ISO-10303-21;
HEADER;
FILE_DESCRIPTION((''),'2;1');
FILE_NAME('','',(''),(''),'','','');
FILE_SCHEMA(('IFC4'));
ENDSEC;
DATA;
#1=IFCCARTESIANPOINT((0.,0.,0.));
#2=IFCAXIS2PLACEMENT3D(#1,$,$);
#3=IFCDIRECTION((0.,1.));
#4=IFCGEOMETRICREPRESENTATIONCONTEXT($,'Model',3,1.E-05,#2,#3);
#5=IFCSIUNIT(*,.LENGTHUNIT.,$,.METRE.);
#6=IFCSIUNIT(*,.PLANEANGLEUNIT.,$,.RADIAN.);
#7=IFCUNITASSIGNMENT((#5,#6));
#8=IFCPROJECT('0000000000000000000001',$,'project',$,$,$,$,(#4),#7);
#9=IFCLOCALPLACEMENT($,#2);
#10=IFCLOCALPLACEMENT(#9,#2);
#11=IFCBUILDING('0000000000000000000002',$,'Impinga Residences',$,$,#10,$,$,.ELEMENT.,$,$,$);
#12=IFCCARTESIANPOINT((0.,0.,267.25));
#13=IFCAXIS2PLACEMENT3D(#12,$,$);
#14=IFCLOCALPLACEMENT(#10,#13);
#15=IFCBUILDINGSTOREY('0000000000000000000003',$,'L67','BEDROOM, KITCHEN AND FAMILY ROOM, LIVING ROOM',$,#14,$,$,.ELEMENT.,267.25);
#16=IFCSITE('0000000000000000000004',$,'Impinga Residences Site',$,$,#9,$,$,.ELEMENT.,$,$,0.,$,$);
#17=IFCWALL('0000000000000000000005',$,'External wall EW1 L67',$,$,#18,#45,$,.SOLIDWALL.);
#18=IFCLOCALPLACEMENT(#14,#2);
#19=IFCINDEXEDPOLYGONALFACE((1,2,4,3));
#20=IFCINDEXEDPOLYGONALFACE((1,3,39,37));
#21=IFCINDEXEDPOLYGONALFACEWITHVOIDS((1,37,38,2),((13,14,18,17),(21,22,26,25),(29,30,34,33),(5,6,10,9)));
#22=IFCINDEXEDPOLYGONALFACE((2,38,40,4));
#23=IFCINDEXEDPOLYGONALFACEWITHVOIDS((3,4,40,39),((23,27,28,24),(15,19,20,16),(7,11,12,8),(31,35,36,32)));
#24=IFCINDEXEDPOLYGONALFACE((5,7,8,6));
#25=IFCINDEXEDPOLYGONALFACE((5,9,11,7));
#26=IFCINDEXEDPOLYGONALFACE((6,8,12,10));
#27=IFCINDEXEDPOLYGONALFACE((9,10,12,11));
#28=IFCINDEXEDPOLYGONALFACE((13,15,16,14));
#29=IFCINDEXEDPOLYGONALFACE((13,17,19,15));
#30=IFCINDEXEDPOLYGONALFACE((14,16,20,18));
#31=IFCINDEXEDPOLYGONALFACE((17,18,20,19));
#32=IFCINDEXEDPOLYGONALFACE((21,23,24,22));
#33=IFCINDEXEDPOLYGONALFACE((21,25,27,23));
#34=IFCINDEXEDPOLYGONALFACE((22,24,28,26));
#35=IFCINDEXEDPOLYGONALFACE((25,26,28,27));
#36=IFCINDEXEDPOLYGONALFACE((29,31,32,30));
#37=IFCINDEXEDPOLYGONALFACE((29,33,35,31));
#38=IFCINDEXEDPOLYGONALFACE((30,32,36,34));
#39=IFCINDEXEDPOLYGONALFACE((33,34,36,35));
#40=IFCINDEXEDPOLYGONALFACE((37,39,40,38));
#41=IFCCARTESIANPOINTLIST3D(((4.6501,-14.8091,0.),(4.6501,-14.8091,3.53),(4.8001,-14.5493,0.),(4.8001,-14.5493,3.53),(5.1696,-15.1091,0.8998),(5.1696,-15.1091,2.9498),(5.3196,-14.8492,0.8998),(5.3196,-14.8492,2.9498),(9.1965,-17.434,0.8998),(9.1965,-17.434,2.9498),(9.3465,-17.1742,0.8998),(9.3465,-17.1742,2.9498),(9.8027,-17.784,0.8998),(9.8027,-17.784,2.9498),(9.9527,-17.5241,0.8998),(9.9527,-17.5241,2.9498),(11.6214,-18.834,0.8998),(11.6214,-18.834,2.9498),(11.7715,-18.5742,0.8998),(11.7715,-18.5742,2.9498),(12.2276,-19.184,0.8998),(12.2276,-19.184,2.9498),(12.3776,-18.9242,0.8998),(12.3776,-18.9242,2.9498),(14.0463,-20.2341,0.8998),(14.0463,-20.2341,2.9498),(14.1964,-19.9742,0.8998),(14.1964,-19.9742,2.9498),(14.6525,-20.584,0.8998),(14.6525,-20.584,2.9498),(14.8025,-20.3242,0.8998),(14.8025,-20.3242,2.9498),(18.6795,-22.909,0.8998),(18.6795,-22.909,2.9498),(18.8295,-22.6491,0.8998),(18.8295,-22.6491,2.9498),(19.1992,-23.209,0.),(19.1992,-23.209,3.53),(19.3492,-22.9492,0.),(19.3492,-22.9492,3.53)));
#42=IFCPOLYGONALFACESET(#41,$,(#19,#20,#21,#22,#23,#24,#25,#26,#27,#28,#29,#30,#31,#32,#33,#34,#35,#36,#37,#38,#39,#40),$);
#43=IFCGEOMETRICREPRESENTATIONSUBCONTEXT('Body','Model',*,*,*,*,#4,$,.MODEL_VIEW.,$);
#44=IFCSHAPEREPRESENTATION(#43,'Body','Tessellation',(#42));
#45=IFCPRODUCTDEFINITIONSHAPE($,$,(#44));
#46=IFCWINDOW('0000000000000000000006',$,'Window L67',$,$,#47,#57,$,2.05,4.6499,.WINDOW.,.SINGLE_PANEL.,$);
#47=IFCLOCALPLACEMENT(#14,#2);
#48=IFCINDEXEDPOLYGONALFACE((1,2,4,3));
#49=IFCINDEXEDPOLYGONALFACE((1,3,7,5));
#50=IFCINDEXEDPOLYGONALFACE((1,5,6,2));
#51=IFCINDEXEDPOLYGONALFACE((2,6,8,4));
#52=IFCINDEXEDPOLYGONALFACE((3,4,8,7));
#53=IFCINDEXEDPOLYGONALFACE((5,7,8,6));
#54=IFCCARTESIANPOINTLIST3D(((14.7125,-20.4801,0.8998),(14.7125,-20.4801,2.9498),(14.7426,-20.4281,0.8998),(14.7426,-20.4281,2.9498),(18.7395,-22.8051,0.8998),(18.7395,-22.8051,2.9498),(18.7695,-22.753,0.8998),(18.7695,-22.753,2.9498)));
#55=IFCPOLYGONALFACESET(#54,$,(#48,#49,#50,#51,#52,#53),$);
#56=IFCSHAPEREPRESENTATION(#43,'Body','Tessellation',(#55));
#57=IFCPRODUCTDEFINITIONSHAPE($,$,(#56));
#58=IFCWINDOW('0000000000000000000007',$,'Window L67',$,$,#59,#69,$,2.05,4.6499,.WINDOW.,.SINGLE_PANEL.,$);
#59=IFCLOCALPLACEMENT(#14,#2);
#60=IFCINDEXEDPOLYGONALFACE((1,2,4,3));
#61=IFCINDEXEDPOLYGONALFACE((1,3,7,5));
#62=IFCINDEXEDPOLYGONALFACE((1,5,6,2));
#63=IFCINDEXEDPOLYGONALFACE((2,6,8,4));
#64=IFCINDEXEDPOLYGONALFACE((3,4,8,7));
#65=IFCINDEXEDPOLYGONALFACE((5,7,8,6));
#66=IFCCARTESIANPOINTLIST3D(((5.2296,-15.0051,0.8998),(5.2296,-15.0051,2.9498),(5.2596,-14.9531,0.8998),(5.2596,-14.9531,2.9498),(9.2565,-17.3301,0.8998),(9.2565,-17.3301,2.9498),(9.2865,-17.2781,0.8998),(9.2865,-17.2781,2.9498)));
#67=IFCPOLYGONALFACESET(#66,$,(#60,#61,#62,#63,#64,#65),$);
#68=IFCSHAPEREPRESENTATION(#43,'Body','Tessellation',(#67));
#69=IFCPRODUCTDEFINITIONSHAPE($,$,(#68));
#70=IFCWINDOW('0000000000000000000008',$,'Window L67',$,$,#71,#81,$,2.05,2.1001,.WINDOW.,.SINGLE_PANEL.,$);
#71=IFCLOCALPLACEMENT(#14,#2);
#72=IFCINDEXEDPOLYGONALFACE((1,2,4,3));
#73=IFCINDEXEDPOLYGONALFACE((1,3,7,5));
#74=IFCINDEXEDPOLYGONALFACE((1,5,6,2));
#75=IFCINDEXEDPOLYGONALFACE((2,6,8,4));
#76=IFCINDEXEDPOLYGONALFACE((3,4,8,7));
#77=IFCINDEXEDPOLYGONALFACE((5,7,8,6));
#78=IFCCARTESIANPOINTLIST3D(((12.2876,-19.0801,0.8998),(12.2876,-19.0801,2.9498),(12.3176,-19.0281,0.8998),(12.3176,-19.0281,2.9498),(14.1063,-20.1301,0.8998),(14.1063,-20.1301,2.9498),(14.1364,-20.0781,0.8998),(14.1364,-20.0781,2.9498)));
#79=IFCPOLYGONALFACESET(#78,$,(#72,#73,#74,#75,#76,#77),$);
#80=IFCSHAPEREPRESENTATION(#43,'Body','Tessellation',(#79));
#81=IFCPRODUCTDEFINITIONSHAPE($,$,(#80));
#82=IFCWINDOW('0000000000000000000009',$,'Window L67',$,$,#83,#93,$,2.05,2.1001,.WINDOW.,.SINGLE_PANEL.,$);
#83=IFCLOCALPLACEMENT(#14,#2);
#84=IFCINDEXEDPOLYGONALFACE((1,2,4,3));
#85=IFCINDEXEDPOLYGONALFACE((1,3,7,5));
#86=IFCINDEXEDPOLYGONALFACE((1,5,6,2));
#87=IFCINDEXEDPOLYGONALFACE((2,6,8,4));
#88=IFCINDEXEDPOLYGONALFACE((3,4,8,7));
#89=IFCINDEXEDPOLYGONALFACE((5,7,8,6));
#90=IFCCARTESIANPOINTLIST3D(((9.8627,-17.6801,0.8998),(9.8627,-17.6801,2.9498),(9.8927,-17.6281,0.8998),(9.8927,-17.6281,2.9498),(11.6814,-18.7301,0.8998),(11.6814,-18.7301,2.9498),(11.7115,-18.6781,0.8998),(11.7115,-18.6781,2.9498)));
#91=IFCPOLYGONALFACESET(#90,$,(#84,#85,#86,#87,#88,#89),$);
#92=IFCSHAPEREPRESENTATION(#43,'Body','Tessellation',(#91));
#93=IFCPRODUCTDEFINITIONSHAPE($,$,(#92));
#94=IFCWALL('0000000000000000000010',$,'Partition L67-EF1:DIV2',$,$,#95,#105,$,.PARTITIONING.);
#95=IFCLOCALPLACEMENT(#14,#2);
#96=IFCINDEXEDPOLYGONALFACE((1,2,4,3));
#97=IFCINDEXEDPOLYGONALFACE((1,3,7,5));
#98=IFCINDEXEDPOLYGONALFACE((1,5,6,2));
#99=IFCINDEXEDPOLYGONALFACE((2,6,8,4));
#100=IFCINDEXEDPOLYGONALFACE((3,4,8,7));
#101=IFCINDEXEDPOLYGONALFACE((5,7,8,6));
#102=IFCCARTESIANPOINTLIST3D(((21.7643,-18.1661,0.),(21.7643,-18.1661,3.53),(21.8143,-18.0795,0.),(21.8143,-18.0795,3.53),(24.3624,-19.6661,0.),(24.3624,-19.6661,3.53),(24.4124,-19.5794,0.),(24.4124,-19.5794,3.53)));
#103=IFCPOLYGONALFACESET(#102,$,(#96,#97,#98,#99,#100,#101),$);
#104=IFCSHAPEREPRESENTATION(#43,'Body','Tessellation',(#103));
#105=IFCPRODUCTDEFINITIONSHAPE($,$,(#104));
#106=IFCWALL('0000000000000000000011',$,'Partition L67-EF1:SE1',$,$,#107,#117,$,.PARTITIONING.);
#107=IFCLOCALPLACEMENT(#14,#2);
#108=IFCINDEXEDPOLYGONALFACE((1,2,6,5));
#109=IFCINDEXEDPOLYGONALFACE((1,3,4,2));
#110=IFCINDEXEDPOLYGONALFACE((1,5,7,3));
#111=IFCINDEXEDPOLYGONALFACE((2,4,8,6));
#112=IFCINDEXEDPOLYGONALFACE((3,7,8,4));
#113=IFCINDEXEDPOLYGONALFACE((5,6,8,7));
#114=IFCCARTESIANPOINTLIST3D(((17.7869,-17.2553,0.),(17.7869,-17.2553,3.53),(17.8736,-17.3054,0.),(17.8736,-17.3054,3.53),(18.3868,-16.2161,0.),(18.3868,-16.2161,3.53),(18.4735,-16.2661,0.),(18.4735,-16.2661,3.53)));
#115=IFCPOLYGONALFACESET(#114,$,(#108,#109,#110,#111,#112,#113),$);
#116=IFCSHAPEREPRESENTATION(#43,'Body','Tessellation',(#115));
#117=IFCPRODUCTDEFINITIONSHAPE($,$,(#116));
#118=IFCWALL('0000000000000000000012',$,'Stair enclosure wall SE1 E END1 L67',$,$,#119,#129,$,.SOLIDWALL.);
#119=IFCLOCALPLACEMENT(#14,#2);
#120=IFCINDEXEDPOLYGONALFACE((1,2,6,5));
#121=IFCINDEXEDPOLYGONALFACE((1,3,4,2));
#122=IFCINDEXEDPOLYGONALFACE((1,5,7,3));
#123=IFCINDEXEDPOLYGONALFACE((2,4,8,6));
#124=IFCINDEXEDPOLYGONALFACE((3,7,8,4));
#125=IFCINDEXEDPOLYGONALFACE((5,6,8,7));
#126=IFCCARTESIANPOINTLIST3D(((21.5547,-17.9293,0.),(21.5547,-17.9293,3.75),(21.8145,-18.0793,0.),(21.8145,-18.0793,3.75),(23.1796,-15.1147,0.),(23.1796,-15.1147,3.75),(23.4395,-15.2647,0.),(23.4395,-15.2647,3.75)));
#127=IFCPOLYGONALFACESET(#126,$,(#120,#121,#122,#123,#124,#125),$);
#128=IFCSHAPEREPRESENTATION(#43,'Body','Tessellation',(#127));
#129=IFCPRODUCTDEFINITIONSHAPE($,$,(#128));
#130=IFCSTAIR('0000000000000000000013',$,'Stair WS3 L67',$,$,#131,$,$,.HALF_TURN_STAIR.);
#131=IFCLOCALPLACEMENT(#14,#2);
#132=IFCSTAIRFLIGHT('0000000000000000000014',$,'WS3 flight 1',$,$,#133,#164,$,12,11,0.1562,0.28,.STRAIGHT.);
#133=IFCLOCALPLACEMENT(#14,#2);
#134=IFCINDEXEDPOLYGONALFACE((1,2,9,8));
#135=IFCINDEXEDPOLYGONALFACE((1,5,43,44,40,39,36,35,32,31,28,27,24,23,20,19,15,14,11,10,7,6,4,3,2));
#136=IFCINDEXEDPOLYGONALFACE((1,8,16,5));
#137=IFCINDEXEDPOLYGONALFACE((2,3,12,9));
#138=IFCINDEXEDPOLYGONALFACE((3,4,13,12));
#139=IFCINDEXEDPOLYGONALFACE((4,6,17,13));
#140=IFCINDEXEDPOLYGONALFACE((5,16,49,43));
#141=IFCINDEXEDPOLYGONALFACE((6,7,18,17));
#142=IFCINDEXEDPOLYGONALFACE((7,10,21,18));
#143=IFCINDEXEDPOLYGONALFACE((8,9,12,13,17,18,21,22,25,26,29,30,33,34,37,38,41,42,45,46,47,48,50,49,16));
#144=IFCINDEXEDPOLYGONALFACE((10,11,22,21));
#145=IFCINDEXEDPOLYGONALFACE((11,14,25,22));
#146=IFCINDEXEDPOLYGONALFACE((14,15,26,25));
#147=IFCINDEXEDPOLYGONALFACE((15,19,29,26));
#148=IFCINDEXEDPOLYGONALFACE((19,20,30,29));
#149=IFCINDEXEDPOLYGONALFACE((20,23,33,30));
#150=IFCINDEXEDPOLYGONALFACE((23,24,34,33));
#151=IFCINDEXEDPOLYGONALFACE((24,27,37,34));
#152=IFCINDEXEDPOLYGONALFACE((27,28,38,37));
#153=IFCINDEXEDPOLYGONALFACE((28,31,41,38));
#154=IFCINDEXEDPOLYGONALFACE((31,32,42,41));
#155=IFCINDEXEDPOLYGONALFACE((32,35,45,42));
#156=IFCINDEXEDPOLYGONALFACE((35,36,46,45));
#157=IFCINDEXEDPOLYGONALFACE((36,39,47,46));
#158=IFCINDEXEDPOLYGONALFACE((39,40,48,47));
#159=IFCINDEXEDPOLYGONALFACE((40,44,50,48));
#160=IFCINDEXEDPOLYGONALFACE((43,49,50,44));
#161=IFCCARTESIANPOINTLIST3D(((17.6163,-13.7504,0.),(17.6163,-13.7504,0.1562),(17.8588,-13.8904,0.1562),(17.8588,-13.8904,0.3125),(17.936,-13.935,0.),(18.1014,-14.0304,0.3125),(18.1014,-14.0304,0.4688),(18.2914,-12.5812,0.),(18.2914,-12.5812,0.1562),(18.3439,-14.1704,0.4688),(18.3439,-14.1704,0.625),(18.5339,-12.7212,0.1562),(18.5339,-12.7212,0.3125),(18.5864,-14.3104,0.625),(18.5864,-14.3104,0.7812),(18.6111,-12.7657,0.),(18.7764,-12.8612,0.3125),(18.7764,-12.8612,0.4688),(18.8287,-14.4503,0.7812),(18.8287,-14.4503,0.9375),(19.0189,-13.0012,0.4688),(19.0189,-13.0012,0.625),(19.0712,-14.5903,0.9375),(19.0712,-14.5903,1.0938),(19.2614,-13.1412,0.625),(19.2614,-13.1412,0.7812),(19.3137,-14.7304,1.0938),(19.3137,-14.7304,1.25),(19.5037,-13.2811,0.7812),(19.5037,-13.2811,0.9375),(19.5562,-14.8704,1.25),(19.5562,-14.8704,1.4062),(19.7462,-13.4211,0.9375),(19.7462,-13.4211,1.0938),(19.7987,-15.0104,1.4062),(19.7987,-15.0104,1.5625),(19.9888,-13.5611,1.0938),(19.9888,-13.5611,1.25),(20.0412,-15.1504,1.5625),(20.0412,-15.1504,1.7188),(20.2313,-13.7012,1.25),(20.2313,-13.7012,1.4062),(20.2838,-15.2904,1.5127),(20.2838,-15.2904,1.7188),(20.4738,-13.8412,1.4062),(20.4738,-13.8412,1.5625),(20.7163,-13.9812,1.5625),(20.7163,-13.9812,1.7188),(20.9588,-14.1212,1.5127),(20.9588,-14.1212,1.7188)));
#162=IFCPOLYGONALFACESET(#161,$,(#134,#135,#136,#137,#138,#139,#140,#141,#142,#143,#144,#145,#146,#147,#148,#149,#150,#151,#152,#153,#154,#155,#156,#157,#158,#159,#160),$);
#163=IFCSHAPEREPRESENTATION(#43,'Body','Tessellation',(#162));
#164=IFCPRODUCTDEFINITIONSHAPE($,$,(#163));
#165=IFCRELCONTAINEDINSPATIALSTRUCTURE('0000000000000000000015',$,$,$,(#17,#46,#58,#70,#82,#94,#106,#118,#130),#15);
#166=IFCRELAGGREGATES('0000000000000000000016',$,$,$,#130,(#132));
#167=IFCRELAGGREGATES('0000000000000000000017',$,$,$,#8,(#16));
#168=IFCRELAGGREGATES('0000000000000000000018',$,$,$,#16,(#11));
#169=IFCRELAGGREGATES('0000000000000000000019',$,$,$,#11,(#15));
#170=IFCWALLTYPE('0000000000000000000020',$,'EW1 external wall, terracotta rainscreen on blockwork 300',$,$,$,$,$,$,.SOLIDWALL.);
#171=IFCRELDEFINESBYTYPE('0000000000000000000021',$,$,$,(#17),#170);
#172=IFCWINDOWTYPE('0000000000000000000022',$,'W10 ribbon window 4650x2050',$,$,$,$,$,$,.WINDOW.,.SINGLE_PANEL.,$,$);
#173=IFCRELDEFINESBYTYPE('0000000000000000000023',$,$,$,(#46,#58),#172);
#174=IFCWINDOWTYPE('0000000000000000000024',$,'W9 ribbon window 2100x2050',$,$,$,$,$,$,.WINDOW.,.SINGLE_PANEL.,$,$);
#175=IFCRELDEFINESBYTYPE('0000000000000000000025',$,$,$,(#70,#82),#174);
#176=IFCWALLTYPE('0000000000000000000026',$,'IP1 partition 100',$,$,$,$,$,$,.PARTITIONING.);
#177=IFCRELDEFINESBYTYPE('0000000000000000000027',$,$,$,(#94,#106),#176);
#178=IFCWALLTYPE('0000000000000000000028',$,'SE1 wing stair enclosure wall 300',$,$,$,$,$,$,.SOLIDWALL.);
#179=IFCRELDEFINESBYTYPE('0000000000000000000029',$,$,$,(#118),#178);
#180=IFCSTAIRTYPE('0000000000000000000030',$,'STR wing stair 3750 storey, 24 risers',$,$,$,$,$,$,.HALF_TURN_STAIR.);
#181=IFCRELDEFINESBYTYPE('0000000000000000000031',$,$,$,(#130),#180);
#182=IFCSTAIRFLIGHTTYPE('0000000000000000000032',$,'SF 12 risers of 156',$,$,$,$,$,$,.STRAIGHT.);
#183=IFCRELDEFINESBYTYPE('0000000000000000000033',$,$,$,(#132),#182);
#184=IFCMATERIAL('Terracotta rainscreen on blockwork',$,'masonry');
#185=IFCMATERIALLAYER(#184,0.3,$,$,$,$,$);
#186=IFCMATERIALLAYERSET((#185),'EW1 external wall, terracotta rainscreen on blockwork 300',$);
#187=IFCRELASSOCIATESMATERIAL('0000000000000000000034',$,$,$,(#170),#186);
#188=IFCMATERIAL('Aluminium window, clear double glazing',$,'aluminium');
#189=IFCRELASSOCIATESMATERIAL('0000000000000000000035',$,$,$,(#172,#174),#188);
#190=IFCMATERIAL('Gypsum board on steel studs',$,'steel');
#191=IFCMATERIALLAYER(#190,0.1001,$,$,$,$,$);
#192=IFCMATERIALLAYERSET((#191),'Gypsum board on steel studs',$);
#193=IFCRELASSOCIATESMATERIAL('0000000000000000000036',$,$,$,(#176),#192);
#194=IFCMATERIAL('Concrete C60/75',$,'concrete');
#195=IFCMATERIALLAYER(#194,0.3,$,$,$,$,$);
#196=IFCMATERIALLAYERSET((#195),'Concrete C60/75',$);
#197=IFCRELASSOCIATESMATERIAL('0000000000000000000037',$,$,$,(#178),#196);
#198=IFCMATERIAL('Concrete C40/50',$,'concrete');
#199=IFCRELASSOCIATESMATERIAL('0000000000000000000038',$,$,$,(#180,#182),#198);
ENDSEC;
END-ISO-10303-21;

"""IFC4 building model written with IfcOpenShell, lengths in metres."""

from ifc_helpers import new_model, si_unit, direction, frame, frame_2d, origin, place, context, subcontext, project, spatial, polyline, rectangle, outline, extrude, material, layer, layer_set, type_object, element, fill, aggregate, save


model = new_model("IFC4")

# Units and contexts
model_context = context("Model", 3, precision=1e-05, world=origin(), true_north=direction((0.0, 1.0)))
body_context = subcontext(model_context, "Body", "Model", "MODEL_VIEW")
ifc_project = project(units=[si_unit("LENGTHUNIT", "METRE"), si_unit("PLANEANGLEUNIT", "RADIAN")], contexts=[model_context])

# Site, building, storey
site_placement = place(None, origin())
site = spatial("IfcSite", under=ifc_project, at=site_placement, Name="Impinga Residences Site", CompositionType="ELEMENT", RefElevation=0.0)
building_placement = place(site_placement, origin())
building = spatial("IfcBuilding", under=site, at=building_placement, Name="Impinga Residences", CompositionType="ELEMENT")
storey_placement = place(building_placement, frame((0.0, 0.0, 267.25)))
storey = spatial("IfcBuildingStorey", under=building, at=storey_placement, Name="L67", Description="BEDROOM, KITCHEN AND FAMILY ROOM, LIVING ROOM", CompositionType="ELEMENT", Elevation=267.25)

# Shared definitions
ifc_material_1 = material(Name="Concrete C60/75", Category="concrete")

# Shared definitions
ifc_material_2 = material(Name="Terracotta rainscreen on blockwork", Category="masonry")
ifc_layer_1 = layer(ifc_material_2, 0.3)
ifc_layer_set_1 = layer_set([ifc_layer_1], Name="EW1 external wall, terracotta rainscreen on blockwork 300")
wall_type_1 = type_object("IfcWallType", Name="EW1 external wall, terracotta rainscreen on blockwork 300", PredefinedType="SOLIDWALL", material=ifc_layer_set_1)

# Wall, openings, windows
wall_1_placement = place(storey_placement, frame((19.2742, -23.0791, 0.0), z_axis=(0.0, 0.0, 1.0), x_axis=(-0.866026, 0.5, 0.0)))
wall_1 = element("IfcWall", 1, at=wall_1_placement, inside=storey, type_object=wall_type_1, Name="External wall EW1 L67", PredefinedType="SOLIDWALL", context=body_context, shape_type="SweptSolid", body=[
    extrude(rectangle(XDim=16.7998, YDim=0.3, at=frame_2d((8.3999, 0.0))), origin(), (0.0, 0.0, 1.0), 3.53),
])
opening_1_placement = place(wall_1_placement, frame((0.6001, 0.0, 0.8999)))
opening_1 = element("IfcOpeningElement", 2, at=opening_1_placement, cuts=wall_1, PredefinedType="OPENING", context=body_context, shape_type="SweptSolid", body=[
    extrude(rectangle(XDim=4.6499, YDim=2.05, at=frame_2d((2.325, 1.0249))), frame((0.0, 0.1599, 0.0), z_axis=(0.0, -1.0, 0.0), x_axis=(1.0, 0.0, 0.0)), (0.0, 0.0, 1.0), 0.3201),
])
opening_2_placement = place(wall_1_placement, frame((5.95, 0.0, 0.8999)))
opening_2 = element("IfcOpeningElement", 3, at=opening_2_placement, cuts=wall_1, PredefinedType="OPENING", context=body_context, shape_type="SweptSolid", body=[
    extrude(rectangle(XDim=2.1001, YDim=2.05, at=frame_2d((1.05, 1.0249))), frame((0.0, 0.1599, 0.0), z_axis=(0.0, -1.0, 0.0), x_axis=(1.0, 0.0, 0.0)), (0.0, 0.0, 1.0), 0.3201),
])
opening_3_placement = place(wall_1_placement, frame((8.75, 0.0, 0.8999)))
opening_3 = element("IfcOpeningElement", 4, at=opening_3_placement, cuts=wall_1, PredefinedType="OPENING", context=body_context, shape_type="SweptSolid", body=[
    extrude(rectangle(XDim=2.1001, YDim=2.05, at=frame_2d((1.05, 1.0249))), frame((0.0, 0.1599, 0.0), z_axis=(0.0, -1.0, 0.0), x_axis=(1.0, 0.0, 0.0)), (0.0, 0.0, 1.0), 0.3201),
])
opening_4_placement = place(wall_1_placement, frame((11.55, 0.0, 0.8999)))
opening_4 = element("IfcOpeningElement", 5, at=opening_4_placement, cuts=wall_1, PredefinedType="OPENING", context=body_context, shape_type="SweptSolid", body=[
    extrude(rectangle(XDim=4.6499, YDim=2.05, at=frame_2d((2.325, 1.0249))), frame((0.0, 0.1599, 0.0), z_axis=(0.0, -1.0, 0.0), x_axis=(1.0, 0.0, 0.0)), (0.0, 0.0, 1.0), 0.3201),
])
ifc_material_3 = material(Name="Aluminium window, clear double glazing", Category="aluminium")
window_type_1 = type_object("IfcWindowType", Name="W10 ribbon window 4650x2050", PartitioningType="SINGLE_PANEL", PredefinedType="WINDOW", material=ifc_material_3)
window_1_placement = place(opening_1_placement, origin())
window_1 = element("IfcWindow", 6, at=window_1_placement, inside=storey, type_object=window_type_1, Name="Window L67", OverallHeight=2.05, OverallWidth=4.6499, PartitioningType="SINGLE_PANEL", PredefinedType="WINDOW", context=body_context, shape_type="SweptSolid", body=[
    extrude(rectangle(XDim=4.6499, YDim=2.05, at=frame_2d((2.325, 1.0249))), frame((0.0, 0.03, 0.0), z_axis=(0.0, -1.0, 0.0), x_axis=(1.0, 0.0, 0.0)), (0.0, 0.0, 1.0), 0.0601),
])
fill(opening_1, window_1)
window_2_placement = place(opening_4_placement, origin())
window_2 = element("IfcWindow", 7, at=window_2_placement, inside=storey, type_object=window_type_1, Name="Window L67", OverallHeight=2.05, OverallWidth=4.6499, PartitioningType="SINGLE_PANEL", PredefinedType="WINDOW", context=body_context, shape_type="SweptSolid", body=[
    extrude(rectangle(XDim=4.6499, YDim=2.05, at=frame_2d((2.325, 1.0249))), frame((0.0, 0.03, 0.0), z_axis=(0.0, -1.0, 0.0), x_axis=(1.0, 0.0, 0.0)), (0.0, 0.0, 1.0), 0.0601),
])
fill(opening_4, window_2)
window_type_2 = type_object("IfcWindowType", Name="W9 ribbon window 2100x2050", PartitioningType="SINGLE_PANEL", PredefinedType="WINDOW", material=ifc_material_3)
window_3_placement = place(opening_2_placement, origin())
window_3 = element("IfcWindow", 8, at=window_3_placement, inside=storey, type_object=window_type_2, Name="Window L67", OverallHeight=2.05, OverallWidth=2.1001, PartitioningType="SINGLE_PANEL", PredefinedType="WINDOW", context=body_context, shape_type="SweptSolid", body=[
    extrude(rectangle(XDim=2.1001, YDim=2.05, at=frame_2d((1.05, 1.0249))), frame((0.0, 0.03, 0.0), z_axis=(0.0, -1.0, 0.0), x_axis=(1.0, 0.0, 0.0)), (0.0, 0.0, 1.0), 0.0601),
])
fill(opening_2, window_3)
window_4_placement = place(opening_3_placement, origin())
window_4 = element("IfcWindow", 9, at=window_4_placement, inside=storey, type_object=window_type_2, Name="Window L67", OverallHeight=2.05, OverallWidth=2.1001, PartitioningType="SINGLE_PANEL", PredefinedType="WINDOW", context=body_context, shape_type="SweptSolid", body=[
    extrude(rectangle(XDim=2.1001, YDim=2.05, at=frame_2d((1.05, 1.0249))), frame((0.0, 0.03, 0.0), z_axis=(0.0, -1.0, 0.0), x_axis=(1.0, 0.0, 0.0)), (0.0, 0.0, 1.0), 0.0601),
])
fill(opening_3, window_4)

# Walls
ifc_material_4 = material(Name="Gypsum board on steel studs", Category="steel")
ifc_layer_2 = layer(ifc_material_4, 0.1001)
ifc_layer_set_2 = layer_set([ifc_layer_2], Name="Gypsum board on steel studs")
wall_type_2 = type_object("IfcWallType", Name="IP1 partition 100", PredefinedType="PARTITIONING", material=ifc_layer_set_2)
wall_2_placement = place(storey_placement, frame((21.7893, -18.1228, 0.0), z_axis=(0.0, 0.0, 1.0), x_axis=(0.866031, -0.49999, 0.0)))
element("IfcWall", 10, at=wall_2_placement, inside=storey, type_object=wall_type_2, Name="Partition L67-EF1:DIV2", PredefinedType="PARTITIONING", context=body_context, shape_type="SweptSolid", body=[
    extrude(rectangle(XDim=3.0, YDim=0.1001, at=frame_2d((1.5, 0.0))), origin(), (0.0, 0.0, 1.0), 3.53),
])
wall_3_placement = place(storey_placement, frame((18.4302, -16.241, 0.0), z_axis=(0.0, 0.0, 1.0), x_axis=(-0.499881, -0.866094, 0.0)))
element("IfcWall", 11, at=wall_3_placement, inside=storey, type_object=wall_type_2, Name="Partition L67-EF1:SE1", PredefinedType="PARTITIONING", context=body_context, shape_type="SweptSolid", body=[
    extrude(rectangle(XDim=1.2, YDim=0.1001, at=frame_2d((0.6001, 0.0))), origin(), (0.0, 0.0, 1.0), 3.53),
])
ifc_layer_3 = layer(ifc_material_1, 0.3)
ifc_layer_set_3 = layer_set([ifc_layer_3], Name="Concrete C60/75")
wall_type_3 = type_object("IfcWallType", Name="SE1 wing stair enclosure wall 300", PredefinedType="SOLIDWALL", material=ifc_layer_set_3)
wall_4_placement = place(storey_placement, frame((23.3096, -15.1897, 0.0), z_axis=(0.0, 0.0, 1.0), x_axis=(-0.499985, -0.866034, 0.0)))
element("IfcWall", 12, at=wall_4_placement, inside=storey, type_object=wall_type_3, Name="Stair enclosure wall SE1 E END1 L67", PredefinedType="SOLIDWALL", context=body_context, shape_type="SweptSolid", body=[
    extrude(rectangle(XDim=3.25, YDim=0.3, at=frame_2d((1.625, 0.0))), origin(), (0.0, 0.0, 1.0), 3.75),
])

# Stair, stair flight
ifc_material_5 = material(Name="Concrete C40/50", Category="concrete")
stair_type = type_object("IfcStairType", Name="STR wing stair 3750 storey, 24 risers", PredefinedType="HALF_TURN_STAIR", material=ifc_material_5)
stair_placement = place(storey_placement, origin())
stair = element("IfcStair", 13, at=stair_placement, inside=storey, type_object=stair_type, Name="Stair WS3 L67", PredefinedType="HALF_TURN_STAIR")
stair_flight_type = type_object("IfcStairFlightType", Name="SF 12 risers of 156", PredefinedType="STRAIGHT", material=ifc_material_5)
stair_flight_1_placement = place(storey_placement, frame((17.9539, -13.1658, 0.0), z_axis=(0.0, 0.0, 1.0), x_axis=(0.866025, -0.5, 0.0)))
stair_flight_1 = element("IfcStairFlight", 14, at=stair_flight_1_placement, type_object=stair_flight_type, Name="WS3 flight 1", NumberOfRisers=12, NumberOfTreads=11, PredefinedType="STRAIGHT", RiserHeight=0.1562, TreadLength=0.28, context=body_context, shape_type="SweptSolid", body=[
    extrude(outline(polyline([(0.0, 0.0), (0.0, 0.1562), (0.28, 0.1562), (0.28, 0.3125), (0.5601, 0.3125), (0.5601, 0.4688), (0.8401, 0.4688), (0.8401, 0.625), (1.1201, 0.625), (1.1201, 0.7812), (1.3999, 0.7812), (1.3999, 0.9375), (1.6799, 0.9375), (1.6799, 1.0938), (1.96, 1.0938), (1.96, 1.25), (2.24, 1.25), (2.24, 1.4062), (2.52, 1.4062), (2.52, 1.5625), (2.8, 1.5625), (2.8, 1.7188), (3.0801, 1.7188), (3.0801, 1.875), (3.0801, 1.5127), (0.3691, 0.0), (0.0, 0.0)])), frame((0.0, 0.675, 0.0), z_axis=(0.0, -1.0, 0.0), x_axis=(1.0, 0.0, 0.0)), (0.0, 0.0, 1.0), 1.3501),
])
aggregate(stair, [stair_flight_1])

save(model, "model.ifc")
